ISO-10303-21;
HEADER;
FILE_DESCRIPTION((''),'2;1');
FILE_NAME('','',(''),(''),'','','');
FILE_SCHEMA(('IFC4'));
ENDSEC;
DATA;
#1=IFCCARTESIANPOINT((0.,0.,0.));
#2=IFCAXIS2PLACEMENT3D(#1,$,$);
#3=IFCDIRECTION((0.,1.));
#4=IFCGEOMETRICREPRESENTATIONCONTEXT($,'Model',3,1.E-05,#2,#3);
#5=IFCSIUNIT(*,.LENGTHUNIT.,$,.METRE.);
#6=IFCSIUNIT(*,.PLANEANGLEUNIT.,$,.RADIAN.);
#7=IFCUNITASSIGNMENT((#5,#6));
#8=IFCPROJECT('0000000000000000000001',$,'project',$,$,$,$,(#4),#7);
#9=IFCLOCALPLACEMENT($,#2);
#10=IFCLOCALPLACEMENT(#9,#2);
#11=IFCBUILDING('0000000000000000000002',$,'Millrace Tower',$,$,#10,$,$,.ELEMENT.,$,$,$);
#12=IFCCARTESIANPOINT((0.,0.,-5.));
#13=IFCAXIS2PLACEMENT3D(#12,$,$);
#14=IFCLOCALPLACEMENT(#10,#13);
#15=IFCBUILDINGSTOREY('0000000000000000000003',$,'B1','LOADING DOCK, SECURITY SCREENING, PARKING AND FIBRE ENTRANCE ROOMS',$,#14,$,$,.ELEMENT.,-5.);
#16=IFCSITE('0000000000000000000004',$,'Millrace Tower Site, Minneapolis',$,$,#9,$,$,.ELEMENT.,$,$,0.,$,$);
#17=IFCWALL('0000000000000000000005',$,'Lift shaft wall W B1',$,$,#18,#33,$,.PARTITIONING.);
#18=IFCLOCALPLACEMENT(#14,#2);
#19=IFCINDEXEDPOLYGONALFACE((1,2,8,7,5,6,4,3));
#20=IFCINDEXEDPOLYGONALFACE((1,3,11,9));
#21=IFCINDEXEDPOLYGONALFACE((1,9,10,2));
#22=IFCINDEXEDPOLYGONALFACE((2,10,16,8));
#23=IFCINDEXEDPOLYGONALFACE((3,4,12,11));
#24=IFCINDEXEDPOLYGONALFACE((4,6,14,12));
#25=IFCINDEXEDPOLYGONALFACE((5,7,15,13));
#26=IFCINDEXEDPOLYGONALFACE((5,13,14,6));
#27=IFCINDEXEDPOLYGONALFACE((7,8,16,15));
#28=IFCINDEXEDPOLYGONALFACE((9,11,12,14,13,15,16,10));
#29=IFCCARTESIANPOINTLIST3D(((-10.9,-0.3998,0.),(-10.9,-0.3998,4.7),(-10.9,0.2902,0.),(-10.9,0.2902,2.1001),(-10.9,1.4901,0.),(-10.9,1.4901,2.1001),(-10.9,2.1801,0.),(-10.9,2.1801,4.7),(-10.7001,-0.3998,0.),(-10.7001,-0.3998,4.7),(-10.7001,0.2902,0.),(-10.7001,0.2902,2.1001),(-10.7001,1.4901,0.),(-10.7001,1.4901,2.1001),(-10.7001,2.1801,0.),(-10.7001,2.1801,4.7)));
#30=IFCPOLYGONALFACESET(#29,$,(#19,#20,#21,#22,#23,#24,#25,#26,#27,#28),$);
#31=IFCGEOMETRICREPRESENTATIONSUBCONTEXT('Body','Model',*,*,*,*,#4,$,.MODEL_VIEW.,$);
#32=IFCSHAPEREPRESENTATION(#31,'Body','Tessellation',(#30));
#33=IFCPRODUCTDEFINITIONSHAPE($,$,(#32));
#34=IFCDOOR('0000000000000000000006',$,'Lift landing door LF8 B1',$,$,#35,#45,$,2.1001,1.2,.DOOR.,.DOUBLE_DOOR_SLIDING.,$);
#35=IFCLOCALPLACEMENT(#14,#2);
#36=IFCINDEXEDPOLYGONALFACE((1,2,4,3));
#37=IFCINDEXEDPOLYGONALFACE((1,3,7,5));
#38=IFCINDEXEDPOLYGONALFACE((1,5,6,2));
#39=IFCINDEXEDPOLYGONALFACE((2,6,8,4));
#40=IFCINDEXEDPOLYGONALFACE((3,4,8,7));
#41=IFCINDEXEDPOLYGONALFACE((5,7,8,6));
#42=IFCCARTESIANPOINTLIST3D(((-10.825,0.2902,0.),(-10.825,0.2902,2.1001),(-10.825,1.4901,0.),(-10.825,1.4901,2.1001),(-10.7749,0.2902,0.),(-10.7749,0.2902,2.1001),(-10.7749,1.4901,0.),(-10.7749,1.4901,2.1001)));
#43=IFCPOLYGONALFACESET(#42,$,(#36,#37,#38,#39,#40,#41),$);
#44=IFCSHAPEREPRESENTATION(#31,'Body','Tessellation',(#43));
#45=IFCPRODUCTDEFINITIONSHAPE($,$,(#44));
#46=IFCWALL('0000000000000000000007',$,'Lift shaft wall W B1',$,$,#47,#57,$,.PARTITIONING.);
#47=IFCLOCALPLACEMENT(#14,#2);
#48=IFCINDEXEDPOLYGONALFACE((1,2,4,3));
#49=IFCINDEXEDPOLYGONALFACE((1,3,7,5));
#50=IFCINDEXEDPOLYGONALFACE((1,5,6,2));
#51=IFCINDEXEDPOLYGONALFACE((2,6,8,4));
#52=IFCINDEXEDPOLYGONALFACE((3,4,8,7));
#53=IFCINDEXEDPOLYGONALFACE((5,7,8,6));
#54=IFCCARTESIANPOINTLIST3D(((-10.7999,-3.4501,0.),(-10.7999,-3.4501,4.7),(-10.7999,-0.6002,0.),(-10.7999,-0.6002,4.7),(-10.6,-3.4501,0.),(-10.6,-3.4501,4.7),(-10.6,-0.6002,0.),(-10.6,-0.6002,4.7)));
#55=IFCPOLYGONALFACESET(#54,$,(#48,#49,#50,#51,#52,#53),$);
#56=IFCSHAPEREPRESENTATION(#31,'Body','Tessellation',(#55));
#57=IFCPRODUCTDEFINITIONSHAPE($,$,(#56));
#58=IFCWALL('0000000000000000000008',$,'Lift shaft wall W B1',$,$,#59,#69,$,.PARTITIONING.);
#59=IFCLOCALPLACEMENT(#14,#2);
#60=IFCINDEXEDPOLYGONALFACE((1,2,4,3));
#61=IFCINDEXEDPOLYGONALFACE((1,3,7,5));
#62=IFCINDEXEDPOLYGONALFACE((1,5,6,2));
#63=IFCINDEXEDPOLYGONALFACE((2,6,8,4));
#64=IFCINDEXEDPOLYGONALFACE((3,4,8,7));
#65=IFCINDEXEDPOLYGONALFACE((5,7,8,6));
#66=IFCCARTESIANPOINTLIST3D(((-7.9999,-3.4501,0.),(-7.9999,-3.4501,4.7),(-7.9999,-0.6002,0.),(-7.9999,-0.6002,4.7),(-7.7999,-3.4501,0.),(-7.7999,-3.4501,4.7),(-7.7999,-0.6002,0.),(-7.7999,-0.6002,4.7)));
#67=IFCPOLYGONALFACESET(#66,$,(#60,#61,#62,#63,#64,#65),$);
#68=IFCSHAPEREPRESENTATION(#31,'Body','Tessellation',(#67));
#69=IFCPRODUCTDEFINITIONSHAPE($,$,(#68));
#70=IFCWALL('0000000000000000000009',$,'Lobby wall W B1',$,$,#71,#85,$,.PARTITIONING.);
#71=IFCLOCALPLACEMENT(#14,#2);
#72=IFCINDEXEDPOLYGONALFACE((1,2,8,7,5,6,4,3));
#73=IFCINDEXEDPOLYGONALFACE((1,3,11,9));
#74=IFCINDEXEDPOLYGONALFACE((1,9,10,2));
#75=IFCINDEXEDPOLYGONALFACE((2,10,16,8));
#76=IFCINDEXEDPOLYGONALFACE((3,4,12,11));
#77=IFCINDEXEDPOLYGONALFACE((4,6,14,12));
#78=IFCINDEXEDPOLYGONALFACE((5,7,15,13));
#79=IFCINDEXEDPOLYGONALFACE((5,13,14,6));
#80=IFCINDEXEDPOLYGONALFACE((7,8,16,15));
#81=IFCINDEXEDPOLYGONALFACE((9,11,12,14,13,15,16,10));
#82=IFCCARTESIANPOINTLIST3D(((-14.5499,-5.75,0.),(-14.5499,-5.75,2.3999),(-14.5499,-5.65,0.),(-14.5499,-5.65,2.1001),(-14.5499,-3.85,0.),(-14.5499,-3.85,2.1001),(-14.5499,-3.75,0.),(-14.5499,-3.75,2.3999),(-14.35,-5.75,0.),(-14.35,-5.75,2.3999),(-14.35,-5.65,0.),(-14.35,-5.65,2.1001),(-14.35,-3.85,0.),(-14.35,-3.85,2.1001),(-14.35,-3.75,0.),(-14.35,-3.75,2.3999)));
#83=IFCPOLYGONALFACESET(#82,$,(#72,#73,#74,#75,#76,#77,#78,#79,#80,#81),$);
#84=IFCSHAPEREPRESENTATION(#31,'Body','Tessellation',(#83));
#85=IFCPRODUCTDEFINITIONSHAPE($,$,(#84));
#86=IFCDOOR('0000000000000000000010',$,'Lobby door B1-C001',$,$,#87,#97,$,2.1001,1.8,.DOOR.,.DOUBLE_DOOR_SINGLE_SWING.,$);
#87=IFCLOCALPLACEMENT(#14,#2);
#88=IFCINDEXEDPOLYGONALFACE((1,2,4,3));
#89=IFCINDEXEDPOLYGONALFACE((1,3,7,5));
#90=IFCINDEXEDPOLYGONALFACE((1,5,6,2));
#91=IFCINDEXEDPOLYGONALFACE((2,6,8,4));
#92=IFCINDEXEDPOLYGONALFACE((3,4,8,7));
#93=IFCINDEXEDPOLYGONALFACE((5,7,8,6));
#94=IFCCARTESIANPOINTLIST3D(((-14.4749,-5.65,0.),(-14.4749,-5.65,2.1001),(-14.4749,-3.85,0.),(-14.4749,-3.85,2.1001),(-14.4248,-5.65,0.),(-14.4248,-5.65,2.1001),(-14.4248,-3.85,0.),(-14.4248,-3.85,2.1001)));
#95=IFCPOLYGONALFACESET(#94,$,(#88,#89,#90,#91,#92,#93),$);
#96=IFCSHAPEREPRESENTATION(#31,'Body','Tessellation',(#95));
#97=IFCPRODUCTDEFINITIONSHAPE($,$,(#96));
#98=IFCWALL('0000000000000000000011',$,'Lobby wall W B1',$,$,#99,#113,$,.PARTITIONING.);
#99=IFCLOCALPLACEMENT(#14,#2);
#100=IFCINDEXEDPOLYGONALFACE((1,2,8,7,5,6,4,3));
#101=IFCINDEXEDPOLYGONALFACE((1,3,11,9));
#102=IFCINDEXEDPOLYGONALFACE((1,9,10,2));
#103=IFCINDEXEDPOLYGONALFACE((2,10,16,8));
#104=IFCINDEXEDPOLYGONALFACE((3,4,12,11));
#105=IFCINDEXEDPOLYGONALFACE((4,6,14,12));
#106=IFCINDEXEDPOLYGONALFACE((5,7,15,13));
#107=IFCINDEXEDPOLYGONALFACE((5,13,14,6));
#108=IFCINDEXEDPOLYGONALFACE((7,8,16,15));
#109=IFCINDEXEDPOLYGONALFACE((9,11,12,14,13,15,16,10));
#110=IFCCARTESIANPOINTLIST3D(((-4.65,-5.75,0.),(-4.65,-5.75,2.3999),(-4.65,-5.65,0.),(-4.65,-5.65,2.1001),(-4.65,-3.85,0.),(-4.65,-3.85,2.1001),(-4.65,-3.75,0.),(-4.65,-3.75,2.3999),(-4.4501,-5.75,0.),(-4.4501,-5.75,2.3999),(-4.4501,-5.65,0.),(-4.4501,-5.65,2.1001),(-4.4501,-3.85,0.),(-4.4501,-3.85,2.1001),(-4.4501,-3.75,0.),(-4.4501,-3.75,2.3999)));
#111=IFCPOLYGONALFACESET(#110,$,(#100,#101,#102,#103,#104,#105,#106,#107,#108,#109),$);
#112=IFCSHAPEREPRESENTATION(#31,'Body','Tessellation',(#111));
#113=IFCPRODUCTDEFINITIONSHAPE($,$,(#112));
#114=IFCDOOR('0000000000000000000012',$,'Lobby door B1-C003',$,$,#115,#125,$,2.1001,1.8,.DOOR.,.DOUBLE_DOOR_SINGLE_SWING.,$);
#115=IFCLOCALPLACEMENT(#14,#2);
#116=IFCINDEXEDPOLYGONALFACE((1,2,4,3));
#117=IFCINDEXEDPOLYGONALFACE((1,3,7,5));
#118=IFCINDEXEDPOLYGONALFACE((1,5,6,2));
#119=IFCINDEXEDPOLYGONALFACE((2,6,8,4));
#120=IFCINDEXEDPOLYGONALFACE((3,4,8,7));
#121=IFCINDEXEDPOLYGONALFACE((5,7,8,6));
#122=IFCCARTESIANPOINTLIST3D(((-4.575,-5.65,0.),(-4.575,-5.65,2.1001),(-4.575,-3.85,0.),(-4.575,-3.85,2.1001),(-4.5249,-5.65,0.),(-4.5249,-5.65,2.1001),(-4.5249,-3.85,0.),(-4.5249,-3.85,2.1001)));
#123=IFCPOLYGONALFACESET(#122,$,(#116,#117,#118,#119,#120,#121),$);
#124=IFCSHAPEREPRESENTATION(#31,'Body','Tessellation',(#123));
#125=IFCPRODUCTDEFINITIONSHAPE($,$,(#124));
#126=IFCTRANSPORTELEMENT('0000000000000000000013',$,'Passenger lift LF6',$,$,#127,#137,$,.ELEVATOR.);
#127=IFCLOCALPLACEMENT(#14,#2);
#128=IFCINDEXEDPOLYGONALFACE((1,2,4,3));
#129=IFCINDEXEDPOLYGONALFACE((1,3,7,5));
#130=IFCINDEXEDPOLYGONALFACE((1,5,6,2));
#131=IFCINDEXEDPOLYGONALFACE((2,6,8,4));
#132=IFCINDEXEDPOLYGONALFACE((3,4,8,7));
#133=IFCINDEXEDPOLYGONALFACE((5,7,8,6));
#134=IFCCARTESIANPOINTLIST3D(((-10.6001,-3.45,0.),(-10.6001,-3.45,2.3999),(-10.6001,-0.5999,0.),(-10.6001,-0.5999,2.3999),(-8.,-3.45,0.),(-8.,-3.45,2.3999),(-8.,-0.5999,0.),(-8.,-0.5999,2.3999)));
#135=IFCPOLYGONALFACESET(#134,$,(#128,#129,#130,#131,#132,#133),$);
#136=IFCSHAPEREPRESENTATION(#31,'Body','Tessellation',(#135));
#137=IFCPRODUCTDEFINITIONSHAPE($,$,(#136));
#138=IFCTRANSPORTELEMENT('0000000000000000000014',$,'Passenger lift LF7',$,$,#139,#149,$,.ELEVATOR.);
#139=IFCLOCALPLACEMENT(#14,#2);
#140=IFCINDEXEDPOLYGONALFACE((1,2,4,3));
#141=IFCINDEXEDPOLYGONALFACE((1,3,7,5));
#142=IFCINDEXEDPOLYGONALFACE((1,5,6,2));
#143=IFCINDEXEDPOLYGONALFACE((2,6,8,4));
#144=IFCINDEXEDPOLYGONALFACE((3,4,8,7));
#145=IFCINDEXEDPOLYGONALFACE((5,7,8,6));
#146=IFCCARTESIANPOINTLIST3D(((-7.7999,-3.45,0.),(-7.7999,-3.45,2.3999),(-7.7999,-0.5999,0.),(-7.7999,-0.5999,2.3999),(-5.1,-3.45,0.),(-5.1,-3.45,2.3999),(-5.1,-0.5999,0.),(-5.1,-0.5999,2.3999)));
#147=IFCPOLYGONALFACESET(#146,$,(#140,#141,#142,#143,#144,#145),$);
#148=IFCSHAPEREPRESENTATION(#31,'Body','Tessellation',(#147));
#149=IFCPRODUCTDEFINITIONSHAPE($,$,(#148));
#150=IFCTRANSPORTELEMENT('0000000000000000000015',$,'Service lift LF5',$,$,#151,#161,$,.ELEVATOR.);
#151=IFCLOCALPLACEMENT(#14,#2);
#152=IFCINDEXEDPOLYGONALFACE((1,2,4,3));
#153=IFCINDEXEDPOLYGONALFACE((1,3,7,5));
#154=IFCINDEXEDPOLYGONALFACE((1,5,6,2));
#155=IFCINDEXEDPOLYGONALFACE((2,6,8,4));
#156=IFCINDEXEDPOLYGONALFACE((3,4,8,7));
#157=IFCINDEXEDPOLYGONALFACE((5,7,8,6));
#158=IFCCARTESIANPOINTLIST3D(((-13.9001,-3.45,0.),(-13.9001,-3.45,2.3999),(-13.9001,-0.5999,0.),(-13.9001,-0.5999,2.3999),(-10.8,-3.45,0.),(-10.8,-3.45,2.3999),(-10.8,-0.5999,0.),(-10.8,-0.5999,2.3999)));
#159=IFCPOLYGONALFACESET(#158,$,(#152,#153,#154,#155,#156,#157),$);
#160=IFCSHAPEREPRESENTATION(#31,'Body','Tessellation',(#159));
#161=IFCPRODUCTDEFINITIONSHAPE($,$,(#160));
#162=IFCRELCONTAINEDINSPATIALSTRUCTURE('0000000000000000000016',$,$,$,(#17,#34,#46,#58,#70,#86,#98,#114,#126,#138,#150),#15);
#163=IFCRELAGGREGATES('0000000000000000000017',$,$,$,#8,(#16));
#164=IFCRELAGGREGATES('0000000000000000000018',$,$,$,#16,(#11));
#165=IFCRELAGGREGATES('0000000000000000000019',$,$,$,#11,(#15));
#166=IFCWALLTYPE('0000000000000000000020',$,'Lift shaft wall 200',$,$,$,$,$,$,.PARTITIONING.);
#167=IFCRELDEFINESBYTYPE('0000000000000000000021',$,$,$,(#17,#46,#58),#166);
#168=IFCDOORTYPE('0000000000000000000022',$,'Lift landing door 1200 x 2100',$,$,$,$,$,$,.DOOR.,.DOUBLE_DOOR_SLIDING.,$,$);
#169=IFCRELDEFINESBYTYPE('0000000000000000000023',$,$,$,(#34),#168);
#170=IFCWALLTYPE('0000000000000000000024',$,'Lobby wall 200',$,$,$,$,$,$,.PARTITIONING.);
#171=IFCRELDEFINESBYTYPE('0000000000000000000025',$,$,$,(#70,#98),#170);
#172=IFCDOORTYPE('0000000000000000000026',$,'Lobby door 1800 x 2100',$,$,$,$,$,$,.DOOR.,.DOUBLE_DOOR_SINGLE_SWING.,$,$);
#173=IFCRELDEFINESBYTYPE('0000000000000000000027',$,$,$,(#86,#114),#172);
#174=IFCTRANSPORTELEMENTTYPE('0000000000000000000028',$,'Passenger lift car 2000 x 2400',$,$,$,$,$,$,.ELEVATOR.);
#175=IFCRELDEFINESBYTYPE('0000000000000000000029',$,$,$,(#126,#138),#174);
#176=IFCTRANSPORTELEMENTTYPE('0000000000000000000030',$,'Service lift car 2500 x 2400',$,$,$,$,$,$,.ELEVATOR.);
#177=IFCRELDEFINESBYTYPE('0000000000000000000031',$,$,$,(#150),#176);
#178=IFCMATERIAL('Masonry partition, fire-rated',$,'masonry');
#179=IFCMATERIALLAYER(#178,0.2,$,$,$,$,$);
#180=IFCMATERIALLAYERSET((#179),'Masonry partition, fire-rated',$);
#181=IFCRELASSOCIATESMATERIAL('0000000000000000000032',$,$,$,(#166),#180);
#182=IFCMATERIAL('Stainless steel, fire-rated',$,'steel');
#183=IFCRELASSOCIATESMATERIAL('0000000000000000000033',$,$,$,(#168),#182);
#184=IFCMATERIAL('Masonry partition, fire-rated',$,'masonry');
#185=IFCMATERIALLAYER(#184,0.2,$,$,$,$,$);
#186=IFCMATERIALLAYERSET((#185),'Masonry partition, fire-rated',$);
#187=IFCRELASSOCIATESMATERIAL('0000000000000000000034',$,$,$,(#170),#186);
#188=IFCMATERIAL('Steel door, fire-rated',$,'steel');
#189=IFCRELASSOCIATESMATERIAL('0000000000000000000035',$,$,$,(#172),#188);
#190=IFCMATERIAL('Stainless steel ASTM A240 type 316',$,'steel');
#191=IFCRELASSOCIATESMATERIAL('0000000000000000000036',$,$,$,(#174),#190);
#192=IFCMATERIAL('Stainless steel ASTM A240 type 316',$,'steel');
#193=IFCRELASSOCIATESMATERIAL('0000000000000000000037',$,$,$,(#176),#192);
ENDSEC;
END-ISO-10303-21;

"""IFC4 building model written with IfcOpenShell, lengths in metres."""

from ifc_helpers import new_model, si_unit, direction, frame, frame_2d, origin, origin_2d, place, context, subcontext, project, spatial, rectangle, extrude, material, layer, layer_set, type_object, element, fill, save


model = new_model("IFC4")

# Units and contexts
model_context = context("Model", 3, precision=1e-05, world=origin(), true_north=direction((0.0, 1.0)))
body_context = subcontext(model_context, "Body", "Model", "MODEL_VIEW")
ifc_project = project(units=[si_unit("LENGTHUNIT", "METRE"), si_unit("PLANEANGLEUNIT", "RADIAN")], contexts=[model_context])

# Site, building, storey
site_placement = place(None, origin())
site = spatial("IfcSite", under=ifc_project, at=site_placement, Name="Millrace Tower Site, Minneapolis", CompositionType="ELEMENT", RefElevation=0.0)
building_placement = place(site_placement, origin())
building = spatial("IfcBuilding", under=site, at=building_placement, Name="Millrace Tower", CompositionType="ELEMENT")
storey_placement = place(building_placement, frame((0.0, 0.0, -5.0)))
storey = spatial("IfcBuildingStorey", under=building, at=storey_placement, Name="B1", Description="LOADING DOCK, SECURITY SCREENING, PARKING AND FIBRE ENTRANCE ROOMS", CompositionType="ELEMENT", Elevation=-5.0)

# Shared definitions
ifc_material_1 = material(Name="Masonry partition, fire-rated", Category="masonry")
ifc_layer_1 = layer(ifc_material_1, 0.2)
ifc_layer_set_1 = layer_set([ifc_layer_1], Name="Masonry partition, fire-rated")
wall_type_1 = type_object("IfcWallType", Name="Lift shaft wall 200", PredefinedType="PARTITIONING", material=ifc_layer_set_1)

# Shared definitions
ifc_material_2 = material(Name="Stainless steel, fire-rated", Category="steel")
door_type_1 = type_object("IfcDoorType", Name="Lift landing door 1200 x 2100", OperationType="DOUBLE_DOOR_SLIDING", PredefinedType="DOOR", material=ifc_material_2)

# Wall, opening, door
wall_1_placement = place(storey_placement, frame((-10.8, -0.3999, 0.0), z_axis=(0.0, 0.0, 1.0), x_axis=(0.0, 1.0, 0.0)))
wall_1 = element("IfcWall", 1, at=wall_1_placement, inside=storey, type_object=wall_type_1, Name="Lift shaft wall W B1", PredefinedType="PARTITIONING", context=body_context, shape_type="SweptSolid", body=[
    extrude(rectangle(XDim=2.5798, YDim=0.2, at=frame_2d((1.29, 0.0))), origin(), (0.0, 0.0, 1.0), 4.7),
])
opening_1_placement = place(wall_1_placement, frame((0.6899, 0.0, 0.0)))
opening_1 = element("IfcOpeningElement", 2, at=opening_1_placement, cuts=wall_1, PredefinedType="OPENING", context=body_context, shape_type="SweptSolid", body=[
    extrude(rectangle(XDim=1.2, YDim=2.1001, at=frame_2d((0.6001, 1.05))), frame((0.0, 0.1099, 0.0), z_axis=(0.0, -1.0, 0.0), x_axis=(1.0, 0.0, 0.0)), (0.0, 0.0, 1.0), 0.22),
])
door_1_placement = place(opening_1_placement, origin())
door_1 = element("IfcDoor", 3, at=door_1_placement, inside=storey, type_object=door_type_1, Name="Lift landing door LF8 B1", OperationType="DOUBLE_DOOR_SLIDING", OverallHeight=2.1001, OverallWidth=1.2, PredefinedType="DOOR", context=body_context, shape_type="SweptSolid", body=[
    extrude(rectangle(XDim=1.2, YDim=2.1001, at=frame_2d((0.6001, 1.05))), frame((0.0, 0.0249, 0.0), z_axis=(0.0, -1.0, 0.0), x_axis=(1.0, 0.0, 0.0)), (0.0, 0.0, 1.0), 0.05),
])
fill(opening_1, door_1)

# Walls
for number, where, z_axis, x_axis, name in (
    (4, (-10.7, -3.45, 0.0), (0.0, 0.0, 1.0), (0.0, 1.0, 0.0), "Lift shaft wall W B1"),
    (5, (-7.8999, -3.45, 0.0), (0.0, 0.0, 1.0), (0.0, 1.0, 0.0), "Lift shaft wall W B1"),
):
    element("IfcWall", number, at=place(storey_placement, frame(where, z_axis=z_axis, x_axis=x_axis)), inside=storey, type_object=wall_type_1, Name=name, PredefinedType="PARTITIONING", context=body_context, shape_type="SweptSolid", body=[
        extrude(rectangle(XDim=2.8499, YDim=0.2, at=frame_2d((1.4248, 0.0))), origin(), (0.0, 0.0, 1.0), 4.7),
    ])

# Walls, openings, doors
ifc_material_3 = material(Name="Masonry partition, fire-rated", Category="masonry")
ifc_layer_2 = layer(ifc_material_3, 0.2)
ifc_layer_set_2 = layer_set([ifc_layer_2], Name="Masonry partition, fire-rated")
wall_type_2 = type_object("IfcWallType", Name="Lobby wall 200", PredefinedType="PARTITIONING", material=ifc_layer_set_2)
wall_2_placement = place(storey_placement, frame((-14.45, -5.75, 0.0), z_axis=(0.0, 0.0, 1.0), x_axis=(0.0, 1.0, 0.0)))
wall_2 = element("IfcWall", 6, at=wall_2_placement, inside=storey, type_object=wall_type_2, Name="Lobby wall W B1", PredefinedType="PARTITIONING", context=body_context, shape_type="SweptSolid", body=[
    extrude(rectangle(XDim=2.0, YDim=0.2, at=frame_2d((1.0, 0.0))), origin(), (0.0, 0.0, 1.0), 2.3999),
])
opening_2_placement = place(wall_2_placement, frame((0.1001, 0.0, 0.0)))
opening_2 = element("IfcOpeningElement", 7, at=opening_2_placement, cuts=wall_2, PredefinedType="OPENING", context=body_context, shape_type="SweptSolid", body=[
    extrude(rectangle(XDim=1.8, YDim=2.1001, at=frame_2d((0.8999, 1.05))), frame((0.0, 0.1099, 0.0), z_axis=(0.0, -1.0, 0.0), x_axis=(1.0, 0.0, 0.0)), (0.0, 0.0, 1.0), 0.22),
])
ifc_material_4 = material(Name="Steel door, fire-rated", Category="steel")
door_type_2 = type_object("IfcDoorType", Name="Lobby door 1800 x 2100", OperationType="DOUBLE_DOOR_SINGLE_SWING", PredefinedType="DOOR", material=ifc_material_4)
door_2_placement = place(opening_2_placement, origin())
door_2 = element("IfcDoor", 8, at=door_2_placement, inside=storey, type_object=door_type_2, Name="Lobby door B1-C001", OperationType="DOUBLE_DOOR_SINGLE_SWING", OverallHeight=2.1001, OverallWidth=1.8, PredefinedType="DOOR", context=body_context, shape_type="SweptSolid", body=[
    extrude(rectangle(XDim=1.8, YDim=2.1001, at=frame_2d((0.8999, 1.05))), frame((0.0, 0.0249, 0.0), z_axis=(0.0, -1.0, 0.0), x_axis=(1.0, 0.0, 0.0)), (0.0, 0.0, 1.0), 0.05),
])
fill(opening_2, door_2)
wall_3_placement = place(storey_placement, frame((-4.55, -5.75, 0.0), z_axis=(0.0, 0.0, 1.0), x_axis=(0.0, 1.0, 0.0)))
wall_3 = element("IfcWall", 9, at=wall_3_placement, inside=storey, type_object=wall_type_2, Name="Lobby wall W B1", PredefinedType="PARTITIONING", context=body_context, shape_type="SweptSolid", body=[
    extrude(rectangle(XDim=2.0, YDim=0.2, at=frame_2d((1.0, 0.0))), origin(), (0.0, 0.0, 1.0), 2.3999),
])
opening_3_placement = place(wall_3_placement, frame((0.1001, 0.0, 0.0)))
opening_3 = element("IfcOpeningElement", 10, at=opening_3_placement, cuts=wall_3, PredefinedType="OPENING", context=body_context, shape_type="SweptSolid", body=[
    extrude(rectangle(XDim=1.8, YDim=2.1001, at=frame_2d((0.8999, 1.05))), frame((0.0, 0.1099, 0.0), z_axis=(0.0, -1.0, 0.0), x_axis=(1.0, 0.0, 0.0)), (0.0, 0.0, 1.0), 0.22),
])
door_3_placement = place(opening_3_placement, origin())
door_3 = element("IfcDoor", 11, at=door_3_placement, inside=storey, type_object=door_type_2, Name="Lobby door B1-C003", OperationType="DOUBLE_DOOR_SINGLE_SWING", OverallHeight=2.1001, OverallWidth=1.8, PredefinedType="DOOR", context=body_context, shape_type="SweptSolid", body=[
    extrude(rectangle(XDim=1.8, YDim=2.1001, at=frame_2d((0.8999, 1.05))), frame((0.0, 0.0249, 0.0), z_axis=(0.0, -1.0, 0.0), x_axis=(1.0, 0.0, 0.0)), (0.0, 0.0, 1.0), 0.05),
])
fill(opening_3, door_3)

# Transport elements
ifc_material_5 = material(Name="Stainless steel ASTM A240 type 316", Category="steel")
transport_element_type_1 = type_object("IfcTransportElementType", Name="Passenger lift car 2000 x 2400", PredefinedType="ELEVATOR", material=ifc_material_5)
transport_element_1_placement = place(storey_placement, frame((-9.3, -2.0249, 0.0), z_axis=(0.0, 0.0, 1.0), x_axis=(1.0, 0.0, 0.0)))
element("IfcTransportElement", 12, at=transport_element_1_placement, inside=storey, type_object=transport_element_type_1, Name="Passenger lift LF6", PredefinedType="ELEVATOR", context=body_context, shape_type="SweptSolid", body=[
    extrude(rectangle(XDim=2.6001, YDim=2.8501, at=origin_2d()), origin(), (0.0, 0.0, 1.0), 2.3999),
])
transport_element_2_placement = place(storey_placement, frame((-6.45, -2.0249, 0.0), z_axis=(0.0, 0.0, 1.0), x_axis=(1.0, 0.0, 0.0)))
element("IfcTransportElement", 13, at=transport_element_2_placement, inside=storey, type_object=transport_element_type_1, Name="Passenger lift LF7", PredefinedType="ELEVATOR", context=body_context, shape_type="SweptSolid", body=[
    extrude(rectangle(XDim=2.7, YDim=2.8501, at=origin_2d()), origin(), (0.0, 0.0, 1.0), 2.3999),
])
ifc_material_6 = material(Name="Stainless steel ASTM A240 type 316", Category="steel")
transport_element_type_2 = type_object("IfcTransportElementType", Name="Service lift car 2500 x 2400", PredefinedType="ELEVATOR", material=ifc_material_6)
transport_element_3_placement = place(storey_placement, frame((-12.3501, -2.0249, 0.0), z_axis=(0.0, 0.0, 1.0), x_axis=(1.0, 0.0, 0.0)))
element("IfcTransportElement", 14, at=transport_element_3_placement, inside=storey, type_object=transport_element_type_2, Name="Service lift LF5", PredefinedType="ELEVATOR", context=body_context, shape_type="SweptSolid", body=[
    extrude(rectangle(XDim=3.1001, YDim=2.8501, at=origin_2d()), origin(), (0.0, 0.0, 1.0), 2.3999),
])

save(model, "model.ifc")
